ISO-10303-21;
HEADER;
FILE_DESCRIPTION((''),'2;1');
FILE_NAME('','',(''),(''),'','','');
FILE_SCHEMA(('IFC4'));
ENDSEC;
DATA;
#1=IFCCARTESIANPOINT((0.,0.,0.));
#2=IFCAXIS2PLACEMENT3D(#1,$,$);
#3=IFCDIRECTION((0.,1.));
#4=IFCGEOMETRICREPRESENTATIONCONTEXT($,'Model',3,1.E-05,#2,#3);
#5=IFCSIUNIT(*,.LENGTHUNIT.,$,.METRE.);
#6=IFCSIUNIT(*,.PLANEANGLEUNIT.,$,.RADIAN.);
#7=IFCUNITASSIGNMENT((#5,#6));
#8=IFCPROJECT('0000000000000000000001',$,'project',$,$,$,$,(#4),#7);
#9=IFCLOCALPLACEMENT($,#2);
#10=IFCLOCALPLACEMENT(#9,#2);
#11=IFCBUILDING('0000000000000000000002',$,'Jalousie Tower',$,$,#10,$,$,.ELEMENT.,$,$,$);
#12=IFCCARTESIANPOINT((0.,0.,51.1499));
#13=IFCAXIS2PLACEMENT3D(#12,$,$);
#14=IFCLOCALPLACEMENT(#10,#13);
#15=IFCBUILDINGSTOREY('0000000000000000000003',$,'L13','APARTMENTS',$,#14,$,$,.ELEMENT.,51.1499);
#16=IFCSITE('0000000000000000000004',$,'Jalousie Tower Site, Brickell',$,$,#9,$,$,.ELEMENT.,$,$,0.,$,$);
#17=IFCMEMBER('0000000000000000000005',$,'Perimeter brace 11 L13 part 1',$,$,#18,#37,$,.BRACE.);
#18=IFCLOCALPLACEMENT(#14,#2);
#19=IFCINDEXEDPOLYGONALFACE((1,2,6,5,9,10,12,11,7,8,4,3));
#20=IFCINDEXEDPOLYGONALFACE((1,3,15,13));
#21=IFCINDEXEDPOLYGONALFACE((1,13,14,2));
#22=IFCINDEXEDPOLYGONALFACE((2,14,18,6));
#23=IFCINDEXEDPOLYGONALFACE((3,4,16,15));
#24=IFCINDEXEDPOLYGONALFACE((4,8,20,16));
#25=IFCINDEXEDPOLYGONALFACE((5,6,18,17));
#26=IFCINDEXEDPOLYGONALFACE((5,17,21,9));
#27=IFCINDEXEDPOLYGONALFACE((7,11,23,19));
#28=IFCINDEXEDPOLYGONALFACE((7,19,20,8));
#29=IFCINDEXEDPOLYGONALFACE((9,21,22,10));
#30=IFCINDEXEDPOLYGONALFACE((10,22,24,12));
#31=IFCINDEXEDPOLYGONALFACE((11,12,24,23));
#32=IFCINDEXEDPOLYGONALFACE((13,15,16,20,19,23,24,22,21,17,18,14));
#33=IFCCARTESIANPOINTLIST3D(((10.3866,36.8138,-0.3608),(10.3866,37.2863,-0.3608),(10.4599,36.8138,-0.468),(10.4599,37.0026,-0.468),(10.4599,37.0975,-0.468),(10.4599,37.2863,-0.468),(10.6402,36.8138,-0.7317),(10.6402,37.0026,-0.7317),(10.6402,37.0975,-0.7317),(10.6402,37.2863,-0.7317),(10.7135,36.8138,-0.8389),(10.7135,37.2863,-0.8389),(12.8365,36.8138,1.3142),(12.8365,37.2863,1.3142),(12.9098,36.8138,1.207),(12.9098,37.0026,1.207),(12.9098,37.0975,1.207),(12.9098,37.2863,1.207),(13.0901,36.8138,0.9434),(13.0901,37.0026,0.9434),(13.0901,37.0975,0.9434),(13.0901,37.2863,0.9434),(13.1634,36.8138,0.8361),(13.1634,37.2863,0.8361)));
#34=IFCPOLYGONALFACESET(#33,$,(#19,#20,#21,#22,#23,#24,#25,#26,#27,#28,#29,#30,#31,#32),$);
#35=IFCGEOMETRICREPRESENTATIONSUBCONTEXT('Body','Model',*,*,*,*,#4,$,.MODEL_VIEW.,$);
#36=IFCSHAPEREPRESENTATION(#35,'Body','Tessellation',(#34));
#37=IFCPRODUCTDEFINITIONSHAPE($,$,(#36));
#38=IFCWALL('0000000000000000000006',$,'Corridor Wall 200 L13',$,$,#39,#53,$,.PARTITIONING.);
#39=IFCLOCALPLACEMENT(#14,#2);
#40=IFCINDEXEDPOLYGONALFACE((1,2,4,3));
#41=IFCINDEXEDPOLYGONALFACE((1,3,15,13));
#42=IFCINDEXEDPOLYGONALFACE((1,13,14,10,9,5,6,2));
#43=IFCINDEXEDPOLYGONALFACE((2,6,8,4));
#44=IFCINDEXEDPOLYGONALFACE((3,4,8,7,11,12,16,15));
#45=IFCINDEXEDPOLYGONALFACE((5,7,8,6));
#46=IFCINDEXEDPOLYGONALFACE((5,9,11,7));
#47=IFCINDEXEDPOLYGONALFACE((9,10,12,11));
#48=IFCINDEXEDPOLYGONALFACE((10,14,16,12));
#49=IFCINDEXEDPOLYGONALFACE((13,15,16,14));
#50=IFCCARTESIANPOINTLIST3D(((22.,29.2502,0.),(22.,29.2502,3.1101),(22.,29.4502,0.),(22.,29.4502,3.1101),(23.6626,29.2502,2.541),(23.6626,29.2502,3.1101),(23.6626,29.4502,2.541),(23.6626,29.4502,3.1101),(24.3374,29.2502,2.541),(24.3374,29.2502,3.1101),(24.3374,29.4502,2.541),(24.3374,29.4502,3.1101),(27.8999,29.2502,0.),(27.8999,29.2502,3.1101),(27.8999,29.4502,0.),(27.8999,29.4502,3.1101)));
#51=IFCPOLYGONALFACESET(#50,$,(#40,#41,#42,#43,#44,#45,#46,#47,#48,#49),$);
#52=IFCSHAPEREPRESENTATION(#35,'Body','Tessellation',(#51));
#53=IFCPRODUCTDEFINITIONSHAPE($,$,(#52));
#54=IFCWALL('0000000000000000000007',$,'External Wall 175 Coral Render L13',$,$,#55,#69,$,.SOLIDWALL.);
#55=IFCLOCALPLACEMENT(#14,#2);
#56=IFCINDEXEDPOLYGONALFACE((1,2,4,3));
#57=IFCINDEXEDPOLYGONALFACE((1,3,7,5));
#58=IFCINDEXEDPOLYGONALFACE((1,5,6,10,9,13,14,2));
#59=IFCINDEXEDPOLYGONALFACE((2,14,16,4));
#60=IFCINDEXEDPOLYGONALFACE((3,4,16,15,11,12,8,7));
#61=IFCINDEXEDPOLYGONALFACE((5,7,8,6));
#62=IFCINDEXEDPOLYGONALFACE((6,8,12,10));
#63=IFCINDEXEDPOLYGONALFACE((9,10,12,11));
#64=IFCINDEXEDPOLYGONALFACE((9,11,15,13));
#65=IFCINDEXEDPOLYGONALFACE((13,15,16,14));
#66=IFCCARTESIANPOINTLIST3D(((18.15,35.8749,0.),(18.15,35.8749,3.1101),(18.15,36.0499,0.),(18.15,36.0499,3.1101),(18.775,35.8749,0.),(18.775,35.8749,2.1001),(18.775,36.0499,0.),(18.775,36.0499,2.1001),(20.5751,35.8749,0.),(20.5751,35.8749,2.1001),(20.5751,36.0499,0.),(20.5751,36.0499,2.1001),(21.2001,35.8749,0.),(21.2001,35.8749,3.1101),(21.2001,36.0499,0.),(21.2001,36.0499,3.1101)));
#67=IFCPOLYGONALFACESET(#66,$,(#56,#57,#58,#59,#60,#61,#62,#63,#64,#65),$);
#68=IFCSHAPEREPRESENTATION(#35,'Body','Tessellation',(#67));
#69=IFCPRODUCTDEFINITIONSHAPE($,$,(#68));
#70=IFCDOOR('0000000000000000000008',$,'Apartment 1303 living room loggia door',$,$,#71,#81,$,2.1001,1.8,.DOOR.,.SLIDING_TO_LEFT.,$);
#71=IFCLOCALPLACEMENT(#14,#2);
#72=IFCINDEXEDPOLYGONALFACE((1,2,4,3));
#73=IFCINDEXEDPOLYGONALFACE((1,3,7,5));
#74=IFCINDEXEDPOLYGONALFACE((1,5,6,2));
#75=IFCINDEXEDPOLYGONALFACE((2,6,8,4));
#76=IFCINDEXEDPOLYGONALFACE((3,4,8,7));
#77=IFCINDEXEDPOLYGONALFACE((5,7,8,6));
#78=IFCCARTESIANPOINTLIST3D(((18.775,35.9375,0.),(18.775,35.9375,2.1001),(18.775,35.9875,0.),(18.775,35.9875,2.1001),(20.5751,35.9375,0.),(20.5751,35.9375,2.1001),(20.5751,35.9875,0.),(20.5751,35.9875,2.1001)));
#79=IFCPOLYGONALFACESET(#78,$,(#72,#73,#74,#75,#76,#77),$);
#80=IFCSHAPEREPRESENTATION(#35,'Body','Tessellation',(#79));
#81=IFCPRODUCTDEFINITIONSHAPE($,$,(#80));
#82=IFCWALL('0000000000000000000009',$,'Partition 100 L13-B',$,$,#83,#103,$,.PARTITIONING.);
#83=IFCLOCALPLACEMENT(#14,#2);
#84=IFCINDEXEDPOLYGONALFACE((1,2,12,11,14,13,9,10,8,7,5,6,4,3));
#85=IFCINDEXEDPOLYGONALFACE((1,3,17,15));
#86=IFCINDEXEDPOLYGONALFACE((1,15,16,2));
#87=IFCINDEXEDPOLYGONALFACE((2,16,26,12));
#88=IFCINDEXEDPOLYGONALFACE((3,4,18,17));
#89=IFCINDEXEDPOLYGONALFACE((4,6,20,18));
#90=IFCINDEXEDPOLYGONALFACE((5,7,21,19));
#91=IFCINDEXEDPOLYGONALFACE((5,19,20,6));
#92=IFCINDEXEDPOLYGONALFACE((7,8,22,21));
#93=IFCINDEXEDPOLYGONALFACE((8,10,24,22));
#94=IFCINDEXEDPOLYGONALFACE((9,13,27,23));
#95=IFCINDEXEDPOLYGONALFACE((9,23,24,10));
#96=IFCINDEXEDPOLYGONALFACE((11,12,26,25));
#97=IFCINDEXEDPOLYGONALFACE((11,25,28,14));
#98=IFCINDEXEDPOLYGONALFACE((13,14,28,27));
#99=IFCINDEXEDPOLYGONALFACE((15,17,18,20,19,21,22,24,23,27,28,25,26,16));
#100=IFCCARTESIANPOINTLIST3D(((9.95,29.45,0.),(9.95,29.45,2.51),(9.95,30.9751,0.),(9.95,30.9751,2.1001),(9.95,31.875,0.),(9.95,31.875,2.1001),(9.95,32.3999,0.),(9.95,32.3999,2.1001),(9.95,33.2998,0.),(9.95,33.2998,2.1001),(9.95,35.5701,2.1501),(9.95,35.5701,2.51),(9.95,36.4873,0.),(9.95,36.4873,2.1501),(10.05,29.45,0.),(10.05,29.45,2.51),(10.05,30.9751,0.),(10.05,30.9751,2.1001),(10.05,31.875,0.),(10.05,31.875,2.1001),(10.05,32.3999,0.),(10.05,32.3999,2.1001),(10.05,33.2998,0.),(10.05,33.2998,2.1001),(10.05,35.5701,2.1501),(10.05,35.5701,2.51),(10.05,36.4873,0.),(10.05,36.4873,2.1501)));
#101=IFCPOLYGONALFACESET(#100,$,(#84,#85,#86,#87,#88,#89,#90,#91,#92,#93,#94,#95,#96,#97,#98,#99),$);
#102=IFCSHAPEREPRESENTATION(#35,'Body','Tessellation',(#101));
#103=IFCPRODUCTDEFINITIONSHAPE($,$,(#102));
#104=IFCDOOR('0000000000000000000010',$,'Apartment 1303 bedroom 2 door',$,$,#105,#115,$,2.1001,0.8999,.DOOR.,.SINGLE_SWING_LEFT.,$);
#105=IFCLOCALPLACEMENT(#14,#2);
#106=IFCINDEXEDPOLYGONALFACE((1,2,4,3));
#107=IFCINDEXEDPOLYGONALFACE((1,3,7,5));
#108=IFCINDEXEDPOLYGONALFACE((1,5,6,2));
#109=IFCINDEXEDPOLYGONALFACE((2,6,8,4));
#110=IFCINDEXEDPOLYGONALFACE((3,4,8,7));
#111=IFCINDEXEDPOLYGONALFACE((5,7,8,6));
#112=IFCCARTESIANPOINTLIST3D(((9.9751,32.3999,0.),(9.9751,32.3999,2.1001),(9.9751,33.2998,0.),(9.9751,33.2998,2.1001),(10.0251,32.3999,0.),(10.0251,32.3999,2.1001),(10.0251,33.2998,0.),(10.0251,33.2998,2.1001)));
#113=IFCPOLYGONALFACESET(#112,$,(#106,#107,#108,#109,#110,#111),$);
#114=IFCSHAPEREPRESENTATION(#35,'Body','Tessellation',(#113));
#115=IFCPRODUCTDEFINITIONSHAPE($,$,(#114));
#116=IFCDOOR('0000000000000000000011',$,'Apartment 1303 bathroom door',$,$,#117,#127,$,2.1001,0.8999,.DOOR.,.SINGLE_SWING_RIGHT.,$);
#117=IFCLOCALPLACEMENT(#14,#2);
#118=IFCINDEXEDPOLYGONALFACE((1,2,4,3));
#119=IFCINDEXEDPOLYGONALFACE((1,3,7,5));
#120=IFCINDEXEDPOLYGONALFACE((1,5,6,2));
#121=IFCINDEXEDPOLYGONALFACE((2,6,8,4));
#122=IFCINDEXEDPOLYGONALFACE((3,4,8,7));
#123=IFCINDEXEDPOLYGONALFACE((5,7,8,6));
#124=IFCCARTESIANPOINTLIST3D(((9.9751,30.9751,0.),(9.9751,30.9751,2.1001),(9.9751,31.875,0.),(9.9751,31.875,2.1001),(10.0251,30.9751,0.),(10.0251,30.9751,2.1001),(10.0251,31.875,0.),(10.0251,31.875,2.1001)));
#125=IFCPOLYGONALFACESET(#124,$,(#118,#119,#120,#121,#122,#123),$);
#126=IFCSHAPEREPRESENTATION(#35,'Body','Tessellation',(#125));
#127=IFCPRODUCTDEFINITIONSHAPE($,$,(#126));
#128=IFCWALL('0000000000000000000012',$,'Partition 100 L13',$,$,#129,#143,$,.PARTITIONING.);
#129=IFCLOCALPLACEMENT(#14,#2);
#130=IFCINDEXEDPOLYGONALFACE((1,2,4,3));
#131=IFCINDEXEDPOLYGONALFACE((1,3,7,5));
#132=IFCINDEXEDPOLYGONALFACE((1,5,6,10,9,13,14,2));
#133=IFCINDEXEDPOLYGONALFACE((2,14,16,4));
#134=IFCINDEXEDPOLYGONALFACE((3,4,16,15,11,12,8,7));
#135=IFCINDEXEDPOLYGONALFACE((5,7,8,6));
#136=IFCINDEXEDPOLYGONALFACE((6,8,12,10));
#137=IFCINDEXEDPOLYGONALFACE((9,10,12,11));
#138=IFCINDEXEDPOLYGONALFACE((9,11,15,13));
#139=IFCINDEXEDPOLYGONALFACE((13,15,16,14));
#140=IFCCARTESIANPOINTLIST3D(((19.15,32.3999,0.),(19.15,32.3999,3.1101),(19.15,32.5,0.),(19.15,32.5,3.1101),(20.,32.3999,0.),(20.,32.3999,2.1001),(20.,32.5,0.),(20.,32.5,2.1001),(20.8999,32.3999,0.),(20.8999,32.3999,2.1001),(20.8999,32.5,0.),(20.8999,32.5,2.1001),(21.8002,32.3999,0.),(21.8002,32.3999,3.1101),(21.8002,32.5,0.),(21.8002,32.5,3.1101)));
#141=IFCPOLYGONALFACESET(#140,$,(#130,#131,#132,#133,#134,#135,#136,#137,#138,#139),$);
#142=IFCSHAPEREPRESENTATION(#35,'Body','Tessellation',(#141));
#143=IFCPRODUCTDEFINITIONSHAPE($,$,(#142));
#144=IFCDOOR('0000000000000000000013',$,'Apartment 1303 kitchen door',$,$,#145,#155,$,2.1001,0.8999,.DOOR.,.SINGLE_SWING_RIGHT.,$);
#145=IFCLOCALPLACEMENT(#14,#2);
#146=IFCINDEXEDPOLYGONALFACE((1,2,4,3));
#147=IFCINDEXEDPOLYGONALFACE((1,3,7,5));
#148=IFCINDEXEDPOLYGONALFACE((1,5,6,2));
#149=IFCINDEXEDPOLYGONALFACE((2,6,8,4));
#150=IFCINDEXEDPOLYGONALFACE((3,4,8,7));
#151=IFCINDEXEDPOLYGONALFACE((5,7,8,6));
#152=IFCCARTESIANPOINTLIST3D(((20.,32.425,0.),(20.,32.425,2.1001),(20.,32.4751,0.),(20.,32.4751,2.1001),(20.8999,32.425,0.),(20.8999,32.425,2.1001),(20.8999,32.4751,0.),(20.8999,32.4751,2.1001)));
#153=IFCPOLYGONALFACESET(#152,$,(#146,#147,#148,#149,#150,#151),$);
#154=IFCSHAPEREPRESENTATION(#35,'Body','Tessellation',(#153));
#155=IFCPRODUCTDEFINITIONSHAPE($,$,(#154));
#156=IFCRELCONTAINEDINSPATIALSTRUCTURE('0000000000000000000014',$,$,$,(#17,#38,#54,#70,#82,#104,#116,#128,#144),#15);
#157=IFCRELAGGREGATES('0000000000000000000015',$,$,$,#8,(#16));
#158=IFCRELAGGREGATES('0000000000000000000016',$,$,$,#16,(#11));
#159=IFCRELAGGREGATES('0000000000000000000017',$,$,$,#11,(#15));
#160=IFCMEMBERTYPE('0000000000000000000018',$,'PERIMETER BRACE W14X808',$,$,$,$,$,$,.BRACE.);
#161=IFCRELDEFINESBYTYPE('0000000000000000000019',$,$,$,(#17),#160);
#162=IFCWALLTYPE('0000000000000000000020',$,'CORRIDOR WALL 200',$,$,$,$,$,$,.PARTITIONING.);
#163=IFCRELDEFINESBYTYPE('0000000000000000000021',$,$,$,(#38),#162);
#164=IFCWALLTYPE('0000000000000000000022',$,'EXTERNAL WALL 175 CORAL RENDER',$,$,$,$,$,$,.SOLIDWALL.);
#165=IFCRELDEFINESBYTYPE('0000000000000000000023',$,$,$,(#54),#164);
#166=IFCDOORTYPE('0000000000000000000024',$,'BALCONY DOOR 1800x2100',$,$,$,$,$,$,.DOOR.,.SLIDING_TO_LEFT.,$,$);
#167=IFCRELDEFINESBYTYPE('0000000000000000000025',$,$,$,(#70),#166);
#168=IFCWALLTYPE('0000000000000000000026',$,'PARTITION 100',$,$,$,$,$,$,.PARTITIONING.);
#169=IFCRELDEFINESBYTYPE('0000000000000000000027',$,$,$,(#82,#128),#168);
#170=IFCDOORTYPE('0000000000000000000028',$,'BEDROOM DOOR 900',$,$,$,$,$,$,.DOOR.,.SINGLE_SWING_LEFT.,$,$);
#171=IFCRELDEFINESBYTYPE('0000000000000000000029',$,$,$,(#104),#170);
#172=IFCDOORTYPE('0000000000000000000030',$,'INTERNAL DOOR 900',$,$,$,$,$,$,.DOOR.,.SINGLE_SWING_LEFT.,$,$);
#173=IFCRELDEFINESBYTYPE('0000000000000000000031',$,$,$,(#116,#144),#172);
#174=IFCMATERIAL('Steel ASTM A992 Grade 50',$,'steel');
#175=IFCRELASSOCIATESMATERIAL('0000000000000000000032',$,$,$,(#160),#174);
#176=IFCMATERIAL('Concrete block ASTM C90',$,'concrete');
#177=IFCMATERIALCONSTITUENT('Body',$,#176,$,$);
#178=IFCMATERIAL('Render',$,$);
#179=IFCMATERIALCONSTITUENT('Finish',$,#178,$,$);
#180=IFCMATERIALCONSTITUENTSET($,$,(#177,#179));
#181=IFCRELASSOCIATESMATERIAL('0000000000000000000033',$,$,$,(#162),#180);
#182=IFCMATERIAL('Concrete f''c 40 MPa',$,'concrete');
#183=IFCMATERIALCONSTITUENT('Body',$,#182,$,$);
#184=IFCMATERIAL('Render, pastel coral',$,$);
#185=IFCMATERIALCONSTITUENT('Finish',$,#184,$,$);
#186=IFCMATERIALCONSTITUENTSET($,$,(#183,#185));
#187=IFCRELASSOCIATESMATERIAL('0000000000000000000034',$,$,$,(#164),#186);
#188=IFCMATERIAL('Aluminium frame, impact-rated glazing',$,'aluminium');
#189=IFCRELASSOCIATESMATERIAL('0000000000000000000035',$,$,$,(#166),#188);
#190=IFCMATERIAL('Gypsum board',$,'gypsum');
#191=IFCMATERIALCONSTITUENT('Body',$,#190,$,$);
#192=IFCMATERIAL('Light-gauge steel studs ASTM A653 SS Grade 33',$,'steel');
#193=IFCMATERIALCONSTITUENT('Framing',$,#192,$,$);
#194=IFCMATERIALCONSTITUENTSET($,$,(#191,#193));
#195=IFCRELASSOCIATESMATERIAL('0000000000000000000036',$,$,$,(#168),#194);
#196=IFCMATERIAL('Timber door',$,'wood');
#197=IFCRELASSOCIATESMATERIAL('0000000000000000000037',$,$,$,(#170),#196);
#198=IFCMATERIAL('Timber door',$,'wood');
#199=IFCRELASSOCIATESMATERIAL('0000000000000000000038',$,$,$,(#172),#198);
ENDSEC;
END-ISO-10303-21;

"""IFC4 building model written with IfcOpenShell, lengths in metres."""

from ifc_helpers import new_model, si_unit, direction, frame, frame_2d, origin, origin_2d, place, context, subcontext, project, spatial, polyline, rectangle, i_section, outline, extrude, material, constituent, constituent_set, material_profile, profile_set, type_object, element, fill, save


model = new_model("IFC4")

# Units and contexts
model_context = context("Model", 3, precision=1e-05, world=origin(), true_north=direction((0.0, 1.0)))
body_context = subcontext(model_context, "Body", "Model", "MODEL_VIEW")
ifc_project = project(units=[si_unit("LENGTHUNIT", "METRE"), si_unit("PLANEANGLEUNIT", "RADIAN")], contexts=[model_context])

# Site, building, storey
site_placement = place(None, origin())
site = spatial("IfcSite", under=ifc_project, at=site_placement, Name="Jalousie Tower Site, Brickell", CompositionType="ELEMENT", RefElevation=0.0)
building_placement = place(site_placement, origin())
building = spatial("IfcBuilding", under=site, at=building_placement, Name="Jalousie Tower", CompositionType="ELEMENT")
storey_placement = place(building_placement, frame((0.0, 0.0, 51.1499)))
storey = spatial("IfcBuildingStorey", under=building, at=storey_placement, Name="L13", Description="APARTMENTS", CompositionType="ELEMENT", Elevation=51.1499)

# Member
ifc_material_1 = material(Name="Steel ASTM A992 Grade 50", Category="steel")
ifc_material_profile = material_profile(ifc_material_1, i_section(OverallWidth=0.4724, OverallDepth=0.5791, WebThickness=0.095, FlangeThickness=0.1299, at=origin_2d()), Name="W14X808")
ifc_profile_set = profile_set([ifc_material_profile], Name="Steel ASTM A992 Grade 50")
member_type = type_object("IfcMemberType", Name="PERIMETER BRACE W14X808", PredefinedType="BRACE", material=ifc_profile_set)
member_placement = place(storey_placement, frame((10.55, 37.05, -0.5999), z_axis=(0.825501, 0.0, 0.564401), x_axis=(0.0, 1.0, 0.0)))
element("IfcMember", 1, at=member_placement, inside=storey, type_object=member_type, Name="Perimeter brace 11 L13 part 1", PredefinedType="BRACE", context=body_context, shape_type="SweptSolid", body=[
    extrude(i_section(OverallWidth=0.4724, OverallDepth=0.5791, WebThickness=0.095, FlangeThickness=0.1299, at=origin_2d()), origin(), (0.0, 0.0, 1.0), 2.9678),
])

# Wall
ifc_material_2 = material(Name="Concrete block ASTM C90", Category="concrete")
ifc_constituent_1 = constituent(ifc_material_2, Name="Body")
ifc_material_3 = material(Name="Render")
ifc_constituent_2 = constituent(ifc_material_3, Name="Finish")
ifc_constituent_set_1 = constituent_set(constituents=[ifc_constituent_1, ifc_constituent_2])
wall_type_1 = type_object("IfcWallType", Name="CORRIDOR WALL 200", PredefinedType="PARTITIONING", material=ifc_constituent_set_1)
wall_1_placement = place(storey_placement, frame((22.0, 29.3501, 0.0), z_axis=(0.0, 0.0, 1.0), x_axis=(1.0, 0.0, 0.0)))
element("IfcWall", 2, at=wall_1_placement, inside=storey, type_object=wall_type_1, Name="Corridor Wall 200 L13", PredefinedType="PARTITIONING", context=body_context, shape_type="SweptSolid", body=[
    extrude(outline(polyline([(0.0, 0.0), (5.8999, 0.0), (5.8999, 3.1101), (2.3374, 3.1101), (2.3374, 2.541), (1.6626, 2.541), (1.6626, 3.1101), (0.0, 3.1101), (0.0, 0.0)])), frame((0.0, 0.1001, 0.0), z_axis=(0.0, -1.0, 0.0), x_axis=(1.0, 0.0, 0.0)), (0.0, 0.0, 1.0), 0.2),
])

# Wall, opening, door
ifc_material_4 = material(Name="Concrete f'c 40 MPa", Category="concrete")
ifc_constituent_3 = constituent(ifc_material_4, Name="Body")
ifc_material_5 = material(Name="Render, pastel coral")
ifc_constituent_4 = constituent(ifc_material_5, Name="Finish")
ifc_constituent_set_2 = constituent_set(constituents=[ifc_constituent_3, ifc_constituent_4])
wall_type_2 = type_object("IfcWallType", Name="EXTERNAL WALL 175 CORAL RENDER", PredefinedType="SOLIDWALL", material=ifc_constituent_set_2)
wall_2_placement = place(storey_placement, frame((21.2, 35.9624, 0.0), z_axis=(0.0, 0.0, 1.0), x_axis=(-1.0, 0.0, 0.0)))
wall_2 = element("IfcWall", 3, at=wall_2_placement, inside=storey, type_object=wall_type_2, Name="External Wall 175 Coral Render L13", PredefinedType="SOLIDWALL", context=body_context, shape_type="SweptSolid", body=[
    extrude(rectangle(XDim=3.05, YDim=0.175, at=frame_2d((1.5249, 0.0))), origin(), (0.0, 0.0, 1.0), 3.1101),
])
opening_1_placement = place(wall_2_placement, frame((0.625, 0.0, 0.0)))
opening_1 = element("IfcOpeningElement", 4, at=opening_1_placement, cuts=wall_2, PredefinedType="OPENING", context=body_context, shape_type="SweptSolid", body=[
    extrude(rectangle(XDim=1.8, YDim=2.1001, at=frame_2d((0.8999, 1.05))), frame((0.0, 0.0974, 0.0), z_axis=(0.0, -1.0, 0.0), x_axis=(1.0, 0.0, 0.0)), (0.0, 0.0, 1.0), 0.1951),
])
ifc_material_6 = material(Name="Aluminium frame, impact-rated glazing", Category="aluminium")
door_type_1 = type_object("IfcDoorType", Name="BALCONY DOOR 1800x2100", OperationType="SLIDING_TO_LEFT", PredefinedType="DOOR", material=ifc_material_6)
door_1_placement = place(opening_1_placement, origin())
door_1 = element("IfcDoor", 5, at=door_1_placement, inside=storey, type_object=door_type_1, Name="Apartment 1303 living room loggia door", OperationType="SLIDING_TO_LEFT", OverallHeight=2.1001, OverallWidth=1.8, PredefinedType="DOOR", context=body_context, shape_type="SweptSolid", body=[
    extrude(rectangle(XDim=1.8, YDim=2.1001, at=frame_2d((0.8999, 1.05))), frame((0.0, 0.0249, 0.0), z_axis=(0.0, -1.0, 0.0), x_axis=(1.0, 0.0, 0.0)), (0.0, 0.0, 1.0), 0.05),
])
fill(opening_1, door_1)

# Wall, openings, doors
ifc_material_7 = material(Name="Gypsum board", Category="gypsum")
ifc_constituent_5 = constituent(ifc_material_7, Name="Body")
ifc_material_8 = material(Name="Light-gauge steel studs ASTM A653 SS Grade 33", Category="steel")
ifc_constituent_6 = constituent(ifc_material_8, Name="Framing")
ifc_constituent_set_3 = constituent_set(constituents=[ifc_constituent_5, ifc_constituent_6])
wall_type_3 = type_object("IfcWallType", Name="PARTITION 100", PredefinedType="PARTITIONING", material=ifc_constituent_set_3)
wall_3_placement = place(storey_placement, frame((10.0, 36.4873, 0.0), z_axis=(0.0, 0.0, 1.0), x_axis=(0.0, -1.0, 0.0)))
wall_3 = element("IfcWall", 6, at=wall_3_placement, inside=storey, type_object=wall_type_3, Name="Partition 100 L13-B", PredefinedType="PARTITIONING", context=body_context, shape_type="SweptSolid", body=[
    extrude(outline(polyline([(0.0, 0.0), (7.0374, 0.0), (7.0374, 2.51), (0.9172, 2.51), (0.9172, 2.1501), (0.0, 2.1501), (0.0, 0.0)])), frame((0.0, 0.05, 0.0), z_axis=(0.0, -1.0, 0.0), x_axis=(1.0, 0.0, 0.0)), (0.0, 0.0, 1.0), 0.1001),
])
opening_2_placement = place(wall_3_placement, frame((3.1875, 0.0, 0.0)))
opening_2 = element("IfcOpeningElement", 7, at=opening_2_placement, cuts=wall_3, PredefinedType="OPENING", context=body_context, shape_type="SweptSolid", body=[
    extrude(rectangle(XDim=0.8999, YDim=2.1001, at=frame_2d((0.45, 1.05))), frame((0.0, 0.0601, 0.0), z_axis=(0.0, -1.0, 0.0), x_axis=(1.0, 0.0, 0.0)), (0.0, 0.0, 1.0), 0.1201),
])
opening_3_placement = place(wall_3_placement, frame((4.6123, 0.0, 0.0)))
opening_3 = element("IfcOpeningElement", 8, at=opening_3_placement, cuts=wall_3, PredefinedType="OPENING", context=body_context, shape_type="SweptSolid", body=[
    extrude(rectangle(XDim=0.8999, YDim=2.1001, at=frame_2d((0.45, 1.05))), frame((0.0, 0.0601, 0.0), z_axis=(0.0, -1.0, 0.0), x_axis=(1.0, 0.0, 0.0)), (0.0, 0.0, 1.0), 0.1201),
])
ifc_material_9 = material(Name="Timber door", Category="wood")
door_type_2 = type_object("IfcDoorType", Name="BEDROOM DOOR 900", OperationType="SINGLE_SWING_LEFT", PredefinedType="DOOR", material=ifc_material_9)
door_2_placement = place(opening_2_placement, frame((0.8999, 0.0, 0.0), z_axis=(0.0, 0.0, 1.0), x_axis=(-1.0, 0.0, 0.0)))
door_2 = element("IfcDoor", 9, at=door_2_placement, inside=storey, type_object=door_type_2, Name="Apartment 1303 bedroom 2 door", OperationType="SINGLE_SWING_LEFT", OverallHeight=2.1001, OverallWidth=0.8999, PredefinedType="DOOR", context=body_context, shape_type="SweptSolid", body=[
    extrude(rectangle(XDim=0.8999, YDim=2.1001, at=frame_2d((0.45, 1.05))), frame((0.0, 0.0249, 0.0), z_axis=(0.0, -1.0, 0.0), x_axis=(1.0, 0.0, 0.0)), (0.0, 0.0, 1.0), 0.05),
])
fill(opening_2, door_2)
ifc_material_10 = material(Name="Timber door", Category="wood")
door_type_3 = type_object("IfcDoorType", Name="INTERNAL DOOR 900", OperationType="SINGLE_SWING_LEFT", PredefinedType="DOOR", material=ifc_material_10)
door_3_placement = place(opening_3_placement, frame((0.8999, 0.0, 0.0), z_axis=(0.0, 0.0, 1.0), x_axis=(-1.0, 0.0, 0.0)))
door_3 = element("IfcDoor", 10, at=door_3_placement, inside=storey, type_object=door_type_3, Name="Apartment 1303 bathroom door", OperationType="SINGLE_SWING_RIGHT", OverallHeight=2.1001, OverallWidth=0.8999, PredefinedType="DOOR", context=body_context, shape_type="SweptSolid", body=[
    extrude(rectangle(XDim=0.8999, YDim=2.1001, at=frame_2d((0.45, 1.05))), frame((0.0, 0.0249, 0.0), z_axis=(0.0, -1.0, 0.0), x_axis=(1.0, 0.0, 0.0)), (0.0, 0.0, 1.0), 0.05),
])
fill(opening_3, door_3)

# Wall, opening, door
wall_4_placement = place(storey_placement, frame((19.1499, 32.45, 0.0), z_axis=(0.0, 0.0, 1.0), x_axis=(1.0, 0.0, 0.0)))
wall_4 = element("IfcWall", 11, at=wall_4_placement, inside=storey, type_object=wall_type_3, Name="Partition 100 L13", PredefinedType="PARTITIONING", context=body_context, shape_type="SweptSolid", body=[
    extrude(rectangle(XDim=2.6501, YDim=0.1001, at=frame_2d((1.3252, 0.0))), origin(), (0.0, 0.0, 1.0), 3.1101),
])
opening_4_placement = place(wall_4_placement, frame((0.8501, 0.0, 0.0)))
opening_4 = element("IfcOpeningElement", 12, at=opening_4_placement, cuts=wall_4, PredefinedType="OPENING", context=body_context, shape_type="SweptSolid", body=[
    extrude(rectangle(XDim=0.8999, YDim=2.1001, at=frame_2d((0.45, 1.05))), frame((0.0, 0.0601, 0.0), z_axis=(0.0, -1.0, 0.0), x_axis=(1.0, 0.0, 0.0)), (0.0, 0.0, 1.0), 0.1201),
])
door_4_placement = place(opening_4_placement, frame((0.8999, 0.0, 0.0), z_axis=(0.0, 0.0, 1.0), x_axis=(-1.0, 0.0, 0.0)))
door_4 = element("IfcDoor", 13, at=door_4_placement, inside=storey, type_object=door_type_3, Name="Apartment 1303 kitchen door", OperationType="SINGLE_SWING_RIGHT", OverallHeight=2.1001, OverallWidth=0.8999, PredefinedType="DOOR", context=body_context, shape_type="SweptSolid", body=[
    extrude(rectangle(XDim=0.8999, YDim=2.1001, at=frame_2d((0.45, 1.05))), frame((0.0, 0.0249, 0.0), z_axis=(0.0, -1.0, 0.0), x_axis=(1.0, 0.0, 0.0)), (0.0, 0.0, 1.0), 0.05),
])
fill(opening_4, door_4)

save(model, "model.ifc")
